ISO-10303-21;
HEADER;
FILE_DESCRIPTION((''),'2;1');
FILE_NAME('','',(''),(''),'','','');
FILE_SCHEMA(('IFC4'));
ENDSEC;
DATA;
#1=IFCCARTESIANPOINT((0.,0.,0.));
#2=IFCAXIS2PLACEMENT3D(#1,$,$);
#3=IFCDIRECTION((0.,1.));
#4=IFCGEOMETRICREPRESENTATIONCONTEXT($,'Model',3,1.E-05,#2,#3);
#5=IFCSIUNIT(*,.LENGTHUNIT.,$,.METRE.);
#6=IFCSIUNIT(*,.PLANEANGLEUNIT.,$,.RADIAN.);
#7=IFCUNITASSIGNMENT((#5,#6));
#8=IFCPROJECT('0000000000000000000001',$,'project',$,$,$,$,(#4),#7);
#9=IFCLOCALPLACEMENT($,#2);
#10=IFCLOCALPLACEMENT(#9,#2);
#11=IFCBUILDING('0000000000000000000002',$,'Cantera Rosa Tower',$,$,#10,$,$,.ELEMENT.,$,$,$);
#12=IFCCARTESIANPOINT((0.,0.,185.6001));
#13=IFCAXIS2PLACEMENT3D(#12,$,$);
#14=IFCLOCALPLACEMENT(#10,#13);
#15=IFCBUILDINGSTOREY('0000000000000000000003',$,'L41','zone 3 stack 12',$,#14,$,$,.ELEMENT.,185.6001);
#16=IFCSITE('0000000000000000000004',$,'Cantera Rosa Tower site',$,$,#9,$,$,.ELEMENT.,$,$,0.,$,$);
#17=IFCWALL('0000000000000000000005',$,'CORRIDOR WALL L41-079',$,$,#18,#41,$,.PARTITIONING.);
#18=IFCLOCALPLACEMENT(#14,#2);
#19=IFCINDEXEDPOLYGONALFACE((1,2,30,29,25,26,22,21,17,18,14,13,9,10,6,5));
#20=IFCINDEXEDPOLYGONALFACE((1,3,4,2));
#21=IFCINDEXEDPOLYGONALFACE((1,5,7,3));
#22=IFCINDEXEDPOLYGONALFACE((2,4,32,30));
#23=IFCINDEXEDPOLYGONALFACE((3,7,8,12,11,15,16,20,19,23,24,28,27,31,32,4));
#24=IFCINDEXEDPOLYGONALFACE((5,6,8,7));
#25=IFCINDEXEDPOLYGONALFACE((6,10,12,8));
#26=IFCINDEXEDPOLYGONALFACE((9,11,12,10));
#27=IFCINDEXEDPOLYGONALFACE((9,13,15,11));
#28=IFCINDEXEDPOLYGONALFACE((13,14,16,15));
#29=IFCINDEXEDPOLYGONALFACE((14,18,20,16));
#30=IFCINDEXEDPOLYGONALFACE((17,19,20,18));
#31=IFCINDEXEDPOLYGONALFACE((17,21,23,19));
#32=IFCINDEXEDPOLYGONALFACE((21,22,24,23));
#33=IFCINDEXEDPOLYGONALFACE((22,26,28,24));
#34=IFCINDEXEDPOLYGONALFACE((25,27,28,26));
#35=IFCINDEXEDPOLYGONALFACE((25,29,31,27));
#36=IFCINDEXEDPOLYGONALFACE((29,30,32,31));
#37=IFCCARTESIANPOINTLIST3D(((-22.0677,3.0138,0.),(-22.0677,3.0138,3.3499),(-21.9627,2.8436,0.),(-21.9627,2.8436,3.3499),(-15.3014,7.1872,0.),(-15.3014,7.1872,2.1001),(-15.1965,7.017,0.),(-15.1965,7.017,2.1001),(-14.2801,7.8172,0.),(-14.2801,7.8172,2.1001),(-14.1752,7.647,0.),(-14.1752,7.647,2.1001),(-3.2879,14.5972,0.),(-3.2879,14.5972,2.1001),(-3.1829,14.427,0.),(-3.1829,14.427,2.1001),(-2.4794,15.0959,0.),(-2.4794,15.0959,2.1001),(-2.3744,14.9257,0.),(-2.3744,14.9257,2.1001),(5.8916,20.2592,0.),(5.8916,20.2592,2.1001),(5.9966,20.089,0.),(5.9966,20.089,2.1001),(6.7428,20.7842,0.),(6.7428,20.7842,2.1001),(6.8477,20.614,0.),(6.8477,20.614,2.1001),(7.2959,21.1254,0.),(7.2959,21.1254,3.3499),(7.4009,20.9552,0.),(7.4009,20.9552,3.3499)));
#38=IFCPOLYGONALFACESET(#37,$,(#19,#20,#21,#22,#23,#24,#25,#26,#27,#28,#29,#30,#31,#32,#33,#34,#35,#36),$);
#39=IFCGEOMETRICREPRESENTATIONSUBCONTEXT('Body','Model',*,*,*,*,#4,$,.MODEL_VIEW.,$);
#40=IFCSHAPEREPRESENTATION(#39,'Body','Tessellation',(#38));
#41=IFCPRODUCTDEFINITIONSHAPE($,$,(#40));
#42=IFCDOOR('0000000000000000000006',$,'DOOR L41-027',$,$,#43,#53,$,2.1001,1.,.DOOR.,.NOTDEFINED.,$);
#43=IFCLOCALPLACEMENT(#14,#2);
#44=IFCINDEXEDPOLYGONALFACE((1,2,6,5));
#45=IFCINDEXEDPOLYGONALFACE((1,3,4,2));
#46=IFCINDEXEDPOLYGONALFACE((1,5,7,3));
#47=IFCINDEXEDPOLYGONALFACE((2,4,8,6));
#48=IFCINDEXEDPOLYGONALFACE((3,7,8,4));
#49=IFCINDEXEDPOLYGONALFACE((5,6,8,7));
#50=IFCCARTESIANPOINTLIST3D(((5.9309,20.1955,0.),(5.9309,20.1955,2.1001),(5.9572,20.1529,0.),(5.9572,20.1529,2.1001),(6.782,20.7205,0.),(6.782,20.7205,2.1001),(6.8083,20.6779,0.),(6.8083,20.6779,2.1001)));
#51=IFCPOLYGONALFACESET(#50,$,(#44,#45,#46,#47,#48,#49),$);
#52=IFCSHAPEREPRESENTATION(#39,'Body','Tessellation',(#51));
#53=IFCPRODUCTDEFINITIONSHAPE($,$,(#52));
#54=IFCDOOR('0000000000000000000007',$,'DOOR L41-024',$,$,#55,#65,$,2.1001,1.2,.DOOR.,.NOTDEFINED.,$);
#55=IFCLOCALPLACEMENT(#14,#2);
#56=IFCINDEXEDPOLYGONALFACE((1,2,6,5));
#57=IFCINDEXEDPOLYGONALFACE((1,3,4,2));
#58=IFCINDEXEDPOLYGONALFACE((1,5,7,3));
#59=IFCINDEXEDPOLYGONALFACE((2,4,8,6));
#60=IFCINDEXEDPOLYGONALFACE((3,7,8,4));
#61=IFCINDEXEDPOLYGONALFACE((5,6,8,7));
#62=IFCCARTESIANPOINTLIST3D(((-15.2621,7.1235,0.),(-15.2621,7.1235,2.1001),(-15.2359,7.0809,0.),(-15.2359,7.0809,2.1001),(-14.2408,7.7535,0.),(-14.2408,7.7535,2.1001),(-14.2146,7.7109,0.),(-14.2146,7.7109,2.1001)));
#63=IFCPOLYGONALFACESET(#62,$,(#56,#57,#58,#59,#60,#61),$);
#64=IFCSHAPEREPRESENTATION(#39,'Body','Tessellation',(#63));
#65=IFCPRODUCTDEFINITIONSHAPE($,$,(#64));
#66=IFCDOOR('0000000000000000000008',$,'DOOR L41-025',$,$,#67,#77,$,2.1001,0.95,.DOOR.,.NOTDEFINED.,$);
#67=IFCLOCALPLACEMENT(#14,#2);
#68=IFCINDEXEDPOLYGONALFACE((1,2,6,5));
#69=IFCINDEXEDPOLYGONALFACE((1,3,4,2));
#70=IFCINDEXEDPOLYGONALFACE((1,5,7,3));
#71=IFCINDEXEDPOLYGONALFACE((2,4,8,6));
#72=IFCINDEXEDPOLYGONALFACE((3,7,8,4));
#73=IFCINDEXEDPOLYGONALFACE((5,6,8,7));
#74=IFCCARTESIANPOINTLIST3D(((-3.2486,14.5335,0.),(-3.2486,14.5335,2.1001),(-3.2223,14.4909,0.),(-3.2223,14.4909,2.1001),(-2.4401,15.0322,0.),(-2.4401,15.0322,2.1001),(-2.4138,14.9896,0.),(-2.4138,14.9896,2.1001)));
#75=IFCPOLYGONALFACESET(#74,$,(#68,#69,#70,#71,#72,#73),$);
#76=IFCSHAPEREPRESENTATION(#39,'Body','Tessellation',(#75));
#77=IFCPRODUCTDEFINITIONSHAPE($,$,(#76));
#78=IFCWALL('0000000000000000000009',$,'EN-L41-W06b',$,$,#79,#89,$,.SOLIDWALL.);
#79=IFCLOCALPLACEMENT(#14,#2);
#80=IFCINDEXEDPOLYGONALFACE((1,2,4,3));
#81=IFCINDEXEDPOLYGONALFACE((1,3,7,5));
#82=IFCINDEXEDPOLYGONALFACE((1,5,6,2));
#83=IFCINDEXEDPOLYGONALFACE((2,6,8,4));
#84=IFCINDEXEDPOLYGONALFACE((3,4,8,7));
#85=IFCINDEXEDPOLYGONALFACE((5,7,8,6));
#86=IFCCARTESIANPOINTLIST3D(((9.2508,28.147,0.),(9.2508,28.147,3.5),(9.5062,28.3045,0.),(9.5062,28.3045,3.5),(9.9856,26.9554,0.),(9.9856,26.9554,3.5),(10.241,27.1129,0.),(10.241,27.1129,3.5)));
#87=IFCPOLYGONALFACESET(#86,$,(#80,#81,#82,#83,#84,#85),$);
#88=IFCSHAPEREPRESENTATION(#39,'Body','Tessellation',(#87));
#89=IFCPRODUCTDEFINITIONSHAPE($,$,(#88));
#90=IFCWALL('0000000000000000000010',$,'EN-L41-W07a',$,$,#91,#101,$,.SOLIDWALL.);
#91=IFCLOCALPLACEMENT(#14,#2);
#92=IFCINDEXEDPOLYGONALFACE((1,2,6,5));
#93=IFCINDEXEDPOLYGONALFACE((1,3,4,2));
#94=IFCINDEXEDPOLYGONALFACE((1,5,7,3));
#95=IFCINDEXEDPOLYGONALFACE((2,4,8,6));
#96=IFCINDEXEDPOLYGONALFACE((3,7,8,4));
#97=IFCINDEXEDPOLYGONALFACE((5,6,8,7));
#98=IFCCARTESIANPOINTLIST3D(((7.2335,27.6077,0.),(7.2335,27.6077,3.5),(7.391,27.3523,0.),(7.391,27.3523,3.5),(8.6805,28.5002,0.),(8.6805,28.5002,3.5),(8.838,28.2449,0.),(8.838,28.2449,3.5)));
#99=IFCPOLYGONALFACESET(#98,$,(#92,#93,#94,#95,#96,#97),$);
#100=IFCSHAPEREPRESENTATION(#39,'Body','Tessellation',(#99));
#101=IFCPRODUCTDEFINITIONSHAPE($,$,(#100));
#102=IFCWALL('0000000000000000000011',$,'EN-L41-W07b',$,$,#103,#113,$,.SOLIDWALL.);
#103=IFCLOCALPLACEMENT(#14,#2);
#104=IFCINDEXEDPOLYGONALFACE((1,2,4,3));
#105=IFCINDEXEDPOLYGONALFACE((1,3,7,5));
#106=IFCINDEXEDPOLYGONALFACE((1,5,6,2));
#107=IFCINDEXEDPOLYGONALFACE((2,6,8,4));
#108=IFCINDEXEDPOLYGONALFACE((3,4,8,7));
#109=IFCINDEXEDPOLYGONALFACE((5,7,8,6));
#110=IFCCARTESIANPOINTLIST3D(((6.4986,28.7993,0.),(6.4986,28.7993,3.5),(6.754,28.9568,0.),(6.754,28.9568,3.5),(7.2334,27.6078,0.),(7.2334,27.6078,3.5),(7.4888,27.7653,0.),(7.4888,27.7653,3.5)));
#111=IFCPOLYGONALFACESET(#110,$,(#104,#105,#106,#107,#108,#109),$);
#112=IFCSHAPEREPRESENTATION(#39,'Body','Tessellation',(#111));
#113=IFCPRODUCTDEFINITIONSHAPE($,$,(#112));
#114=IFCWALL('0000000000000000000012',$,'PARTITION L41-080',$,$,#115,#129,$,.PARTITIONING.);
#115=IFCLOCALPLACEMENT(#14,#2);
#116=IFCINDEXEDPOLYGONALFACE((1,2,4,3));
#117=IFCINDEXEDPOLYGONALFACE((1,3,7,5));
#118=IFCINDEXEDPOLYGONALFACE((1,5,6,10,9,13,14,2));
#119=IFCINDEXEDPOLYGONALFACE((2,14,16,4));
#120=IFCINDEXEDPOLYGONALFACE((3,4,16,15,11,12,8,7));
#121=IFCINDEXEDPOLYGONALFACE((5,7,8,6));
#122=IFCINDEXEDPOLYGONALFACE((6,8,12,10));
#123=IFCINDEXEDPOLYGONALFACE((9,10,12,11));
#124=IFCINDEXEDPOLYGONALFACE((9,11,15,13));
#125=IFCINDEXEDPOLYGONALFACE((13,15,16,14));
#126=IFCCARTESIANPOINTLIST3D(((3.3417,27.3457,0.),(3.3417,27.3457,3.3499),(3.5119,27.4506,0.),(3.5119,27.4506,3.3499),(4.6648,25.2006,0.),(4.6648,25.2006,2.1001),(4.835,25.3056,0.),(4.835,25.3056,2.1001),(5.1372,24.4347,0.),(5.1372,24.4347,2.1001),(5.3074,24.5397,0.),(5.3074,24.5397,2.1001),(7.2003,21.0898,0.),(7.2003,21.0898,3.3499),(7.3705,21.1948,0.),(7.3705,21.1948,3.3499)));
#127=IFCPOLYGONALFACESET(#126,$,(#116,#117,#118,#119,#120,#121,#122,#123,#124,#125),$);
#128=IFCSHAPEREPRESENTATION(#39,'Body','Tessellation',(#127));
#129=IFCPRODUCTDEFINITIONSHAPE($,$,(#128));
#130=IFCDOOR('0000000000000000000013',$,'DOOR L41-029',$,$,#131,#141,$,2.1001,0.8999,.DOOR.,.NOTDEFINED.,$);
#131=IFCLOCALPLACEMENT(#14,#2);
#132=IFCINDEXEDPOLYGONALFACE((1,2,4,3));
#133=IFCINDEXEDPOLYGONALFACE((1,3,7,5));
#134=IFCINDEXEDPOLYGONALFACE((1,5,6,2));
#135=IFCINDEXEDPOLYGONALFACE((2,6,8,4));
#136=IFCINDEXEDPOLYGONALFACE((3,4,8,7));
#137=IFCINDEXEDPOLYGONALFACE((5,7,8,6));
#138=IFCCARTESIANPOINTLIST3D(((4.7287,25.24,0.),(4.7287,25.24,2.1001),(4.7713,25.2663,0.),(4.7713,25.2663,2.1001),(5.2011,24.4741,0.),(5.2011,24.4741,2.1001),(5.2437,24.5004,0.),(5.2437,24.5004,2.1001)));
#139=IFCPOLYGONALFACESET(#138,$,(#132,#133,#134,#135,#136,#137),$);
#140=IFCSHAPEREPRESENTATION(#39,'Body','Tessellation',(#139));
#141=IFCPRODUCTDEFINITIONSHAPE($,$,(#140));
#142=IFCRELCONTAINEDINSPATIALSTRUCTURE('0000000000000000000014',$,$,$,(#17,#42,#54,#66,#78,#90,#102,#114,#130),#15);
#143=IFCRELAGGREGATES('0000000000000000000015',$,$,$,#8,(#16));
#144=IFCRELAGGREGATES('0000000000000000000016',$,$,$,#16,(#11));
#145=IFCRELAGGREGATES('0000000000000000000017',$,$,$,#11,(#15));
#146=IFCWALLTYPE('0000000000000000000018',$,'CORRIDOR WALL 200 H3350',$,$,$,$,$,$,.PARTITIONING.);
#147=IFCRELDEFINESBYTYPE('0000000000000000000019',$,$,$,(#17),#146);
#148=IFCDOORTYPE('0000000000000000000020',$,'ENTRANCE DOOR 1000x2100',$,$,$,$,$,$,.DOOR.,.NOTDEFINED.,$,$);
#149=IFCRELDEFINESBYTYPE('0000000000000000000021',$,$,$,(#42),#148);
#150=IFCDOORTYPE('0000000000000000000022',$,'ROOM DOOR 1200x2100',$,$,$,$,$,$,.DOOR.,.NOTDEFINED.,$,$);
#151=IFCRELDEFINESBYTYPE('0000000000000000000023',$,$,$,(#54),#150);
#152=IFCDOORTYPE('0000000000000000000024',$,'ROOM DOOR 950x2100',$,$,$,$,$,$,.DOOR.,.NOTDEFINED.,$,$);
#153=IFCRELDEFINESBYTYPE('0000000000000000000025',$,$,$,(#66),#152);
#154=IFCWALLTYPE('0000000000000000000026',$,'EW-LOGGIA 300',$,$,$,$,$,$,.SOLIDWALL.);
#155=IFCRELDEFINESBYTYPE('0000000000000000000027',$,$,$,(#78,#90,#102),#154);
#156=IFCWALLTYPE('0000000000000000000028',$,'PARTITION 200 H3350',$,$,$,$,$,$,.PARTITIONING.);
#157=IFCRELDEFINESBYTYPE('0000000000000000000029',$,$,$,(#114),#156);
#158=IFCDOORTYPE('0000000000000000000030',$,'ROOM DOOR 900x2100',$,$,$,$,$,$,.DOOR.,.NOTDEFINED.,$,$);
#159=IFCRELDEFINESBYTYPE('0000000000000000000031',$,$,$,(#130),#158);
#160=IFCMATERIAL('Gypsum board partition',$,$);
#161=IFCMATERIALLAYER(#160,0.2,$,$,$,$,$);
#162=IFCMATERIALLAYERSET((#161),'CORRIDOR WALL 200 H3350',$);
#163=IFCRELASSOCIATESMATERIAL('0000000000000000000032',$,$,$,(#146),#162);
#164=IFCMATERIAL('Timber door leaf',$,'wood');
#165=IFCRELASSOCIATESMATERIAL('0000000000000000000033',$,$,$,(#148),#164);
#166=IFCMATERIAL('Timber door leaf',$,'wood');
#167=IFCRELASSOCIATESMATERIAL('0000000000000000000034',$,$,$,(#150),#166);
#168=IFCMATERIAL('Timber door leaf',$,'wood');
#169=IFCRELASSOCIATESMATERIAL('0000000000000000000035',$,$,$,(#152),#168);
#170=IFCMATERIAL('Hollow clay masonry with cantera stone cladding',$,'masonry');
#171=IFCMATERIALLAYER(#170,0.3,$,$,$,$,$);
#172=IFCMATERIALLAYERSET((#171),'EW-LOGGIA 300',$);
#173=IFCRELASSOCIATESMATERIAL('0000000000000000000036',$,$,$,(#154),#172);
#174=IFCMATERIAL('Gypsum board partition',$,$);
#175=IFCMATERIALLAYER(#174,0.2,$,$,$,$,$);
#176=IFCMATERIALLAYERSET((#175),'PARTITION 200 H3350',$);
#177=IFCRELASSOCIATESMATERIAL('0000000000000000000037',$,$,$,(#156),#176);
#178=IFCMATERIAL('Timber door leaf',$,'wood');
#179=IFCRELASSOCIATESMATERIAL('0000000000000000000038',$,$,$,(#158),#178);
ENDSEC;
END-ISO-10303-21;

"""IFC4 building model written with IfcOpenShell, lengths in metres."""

from ifc_helpers import new_model, si_unit, direction, frame, frame_2d, origin, place, context, subcontext, project, spatial, rectangle, extrude, material, layer, layer_set, type_object, element, fill, save


model = new_model("IFC4")

# Units and contexts
model_context = context("Model", 3, precision=1e-05, world=origin(), true_north=direction((0.0, 1.0)))
body_context = subcontext(model_context, "Body", "Model", "MODEL_VIEW")
ifc_project = project(units=[si_unit("LENGTHUNIT", "METRE"), si_unit("PLANEANGLEUNIT", "RADIAN")], contexts=[model_context])

# Site, building, storey
site_placement = place(None, origin())
site = spatial("IfcSite", under=ifc_project, at=site_placement, Name="Cantera Rosa Tower site", CompositionType="ELEMENT", RefElevation=0.0)
building_placement = place(site_placement, origin())
building = spatial("IfcBuilding", under=site, at=building_placement, Name="Cantera Rosa Tower", CompositionType="ELEMENT")
storey_placement = place(building_placement, frame((0.0, 0.0, 185.6001)))
storey = spatial("IfcBuildingStorey", under=building, at=storey_placement, Name="L41", Description="zone 3 stack 12", CompositionType="ELEMENT", Elevation=185.6001)

# Wall, openings, doors
ifc_material_1 = material(Name="Gypsum board partition")
ifc_layer_1 = layer(ifc_material_1, 0.2)
ifc_layer_set_1 = layer_set([ifc_layer_1], Name="CORRIDOR WALL 200 H3350")
wall_type_1 = type_object("IfcWallType", Name="CORRIDOR WALL 200 H3350", PredefinedType="PARTITIONING", material=ifc_layer_set_1)
wall_1_placement = place(storey_placement, frame((7.3484, 21.0403, 0.0), z_axis=(0.0, 0.0, 1.0), x_axis=(-0.851118, -0.524974, 0.0)))
wall_1 = element("IfcWall", 1, at=wall_1_placement, inside=storey, type_object=wall_type_1, Name="CORRIDOR WALL L41-079", PredefinedType="PARTITIONING", context=body_context, shape_type="SweptSolid", body=[
    extrude(rectangle(XDim=34.5, YDim=0.2, at=frame_2d((17.25, 0.0))), origin(), (0.0, 0.0, 1.0), 3.3499),
])
opening_1_placement = place(wall_1_placement, frame((25.3501, 0.0, 0.0)))
opening_1 = element("IfcOpeningElement", 2, at=opening_1_placement, cuts=wall_1, PredefinedType="OPENING", context=body_context, shape_type="SweptSolid", body=[
    extrude(rectangle(XDim=1.2, YDim=2.1001, at=frame_2d((0.6001, 1.05))), frame((0.0, 0.1099, 0.0), z_axis=(0.0, -1.0, 0.0), x_axis=(1.0, 0.0, 0.0)), (0.0, 0.0, 1.0), 0.22),
])
opening_2_placement = place(wall_1_placement, frame((11.4851, 0.0, 0.0)))
opening_2 = element("IfcOpeningElement", 3, at=opening_2_placement, cuts=wall_1, PredefinedType="OPENING", context=body_context, shape_type="SweptSolid", body=[
    extrude(rectangle(XDim=0.95, YDim=2.1001, at=frame_2d((0.4751, 1.05))), frame((0.0, 0.1099, 0.0), z_axis=(0.0, -1.0, 0.0), x_axis=(1.0, 0.0, 0.0)), (0.0, 0.0, 1.0), 0.22),
])
opening_3_placement = place(wall_1_placement, frame((0.6499, 0.0, 0.0)))
opening_3 = element("IfcOpeningElement", 4, at=opening_3_placement, cuts=wall_1, PredefinedType="OPENING", context=body_context, shape_type="SweptSolid", body=[
    extrude(rectangle(XDim=1.0, YDim=2.1001, at=frame_2d((0.5, 1.05))), frame((0.0, 0.1099, 0.0), z_axis=(0.0, -1.0, 0.0), x_axis=(1.0, 0.0, 0.0)), (0.0, 0.0, 1.0), 0.22),
])
ifc_material_2 = material(Name="Timber door leaf", Category="wood")
door_type_1 = type_object("IfcDoorType", Name="ENTRANCE DOOR 1000x2100", OperationType="NOTDEFINED", PredefinedType="DOOR", material=ifc_material_2)
door_1_placement = place(opening_3_placement, origin())
door_1 = element("IfcDoor", 5, at=door_1_placement, inside=storey, type_object=door_type_1, Name="DOOR L41-027", OperationType="NOTDEFINED", OverallHeight=2.1001, OverallWidth=1.0, PredefinedType="DOOR", context=body_context, shape_type="SweptSolid", body=[
    extrude(rectangle(XDim=1.0, YDim=2.1001, at=frame_2d((0.5, 1.05))), frame((0.0, 0.0249, 0.0), z_axis=(0.0, -1.0, 0.0), x_axis=(1.0, 0.0, 0.0)), (0.0, 0.0, 1.0), 0.05),
])
fill(opening_3, door_1)
ifc_material_3 = material(Name="Timber door leaf", Category="wood")
door_type_2 = type_object("IfcDoorType", Name="ROOM DOOR 1200x2100", OperationType="NOTDEFINED", PredefinedType="DOOR", material=ifc_material_3)
door_2_placement = place(opening_1_placement, origin())
door_2 = element("IfcDoor", 6, at=door_2_placement, inside=storey, type_object=door_type_2, Name="DOOR L41-024", OperationType="NOTDEFINED", OverallHeight=2.1001, OverallWidth=1.2, PredefinedType="DOOR", context=body_context, shape_type="SweptSolid", body=[
    extrude(rectangle(XDim=1.2, YDim=2.1001, at=frame_2d((0.6001, 1.05))), frame((0.0, 0.0249, 0.0), z_axis=(0.0, -1.0, 0.0), x_axis=(1.0, 0.0, 0.0)), (0.0, 0.0, 1.0), 0.05),
])
fill(opening_1, door_2)
ifc_material_4 = material(Name="Timber door leaf", Category="wood")
door_type_3 = type_object("IfcDoorType", Name="ROOM DOOR 950x2100", OperationType="NOTDEFINED", PredefinedType="DOOR", material=ifc_material_4)
door_3_placement = place(opening_2_placement, origin())
door_3 = element("IfcDoor", 7, at=door_3_placement, inside=storey, type_object=door_type_3, Name="DOOR L41-025", OperationType="NOTDEFINED", OverallHeight=2.1001, OverallWidth=0.95, PredefinedType="DOOR", context=body_context, shape_type="SweptSolid", body=[
    extrude(rectangle(XDim=0.95, YDim=2.1001, at=frame_2d((0.4751, 1.05))), frame((0.0, 0.0249, 0.0), z_axis=(0.0, -1.0, 0.0), x_axis=(1.0, 0.0, 0.0)), (0.0, 0.0, 1.0), 0.05),
])
fill(opening_2, door_3)

# Walls
ifc_material_5 = material(Name="Hollow clay masonry with cantera stone cladding", Category="masonry")
ifc_layer_2 = layer(ifc_material_5, 0.3)
ifc_layer_set_2 = layer_set([ifc_layer_2], Name="EW-LOGGIA 300")
wall_type_2 = type_object("IfcWallType", Name="EW-LOGGIA 300", PredefinedType="SOLIDWALL", material=ifc_layer_set_2)
wall_2_placement = place(storey_placement, frame((10.1133, 27.0342, 0.0), z_axis=(0.0, 0.0, 1.0), x_axis=(-0.524895, 0.851167, 0.0)))
element("IfcWall", 8, at=wall_2_placement, inside=storey, type_object=wall_type_2, Name="EN-L41-W06b", PredefinedType="SOLIDWALL", context=body_context, shape_type="SweptSolid", body=[
    extrude(rectangle(XDim=1.3999, YDim=0.3, at=frame_2d((0.7, 0.0))), origin(), (0.0, 0.0, 1.0), 3.5),
])
wall_3_placement = place(storey_placement, frame((8.7593, 28.3726, 0.0), z_axis=(0.0, 0.0, 1.0), x_axis=(-0.851106, -0.524994, 0.0)))
element("IfcWall", 9, at=wall_3_placement, inside=storey, type_object=wall_type_2, Name="EN-L41-W07a", PredefinedType="SOLIDWALL", context=body_context, shape_type="SweptSolid", body=[
    extrude(rectangle(XDim=1.7002, YDim=0.3, at=frame_2d((0.8501, 0.0))), origin(), (0.0, 0.0, 1.0), 3.5),
])
wall_4_placement = place(storey_placement, frame((7.3611, 27.6865, 0.0), z_axis=(0.0, 0.0, 1.0), x_axis=(-0.524895, 0.851167, 0.0)))
element("IfcWall", 10, at=wall_4_placement, inside=storey, type_object=wall_type_2, Name="EN-L41-W07b", PredefinedType="SOLIDWALL", context=body_context, shape_type="SweptSolid", body=[
    extrude(rectangle(XDim=1.3999, YDim=0.3, at=frame_2d((0.7, 0.0))), origin(), (0.0, 0.0, 1.0), 3.5),
])

# Wall, opening, door
ifc_material_6 = material(Name="Gypsum board partition")
ifc_layer_3 = layer(ifc_material_6, 0.2)
ifc_layer_set_3 = layer_set([ifc_layer_3], Name="PARTITION 200 H3350")
wall_type_3 = type_object("IfcWallType", Name="PARTITION 200 H3350", PredefinedType="PARTITIONING", material=ifc_layer_set_3)
wall_5_placement = place(storey_placement, frame((7.2854, 21.1423, 0.0), z_axis=(0.0, 0.0, 1.0), x_axis=(-0.524974, 0.851118, 0.0)))
wall_5 = element("IfcWall", 11, at=wall_5_placement, inside=storey, type_object=wall_type_3, Name="PARTITION L41-080", PredefinedType="PARTITIONING", context=body_context, shape_type="SweptSolid", body=[
    extrude(rectangle(XDim=7.3501, YDim=0.2, at=frame_2d((3.675, 0.0))), origin(), (0.0, 0.0, 1.0), 3.3499),
])
opening_4_placement = place(wall_5_placement, frame((3.9299, 0.0, 0.0)))
opening_4 = element("IfcOpeningElement", 12, at=opening_4_placement, cuts=wall_5, PredefinedType="OPENING", context=body_context, shape_type="SweptSolid", body=[
    extrude(rectangle(XDim=0.8999, YDim=2.1001, at=frame_2d((0.45, 1.05))), frame((0.0, 0.1099, 0.0), z_axis=(0.0, -1.0, 0.0), x_axis=(1.0, 0.0, 0.0)), (0.0, 0.0, 1.0), 0.22),
])
ifc_material_7 = material(Name="Timber door leaf", Category="wood")
door_type_4 = type_object("IfcDoorType", Name="ROOM DOOR 900x2100", OperationType="NOTDEFINED", PredefinedType="DOOR", material=ifc_material_7)
door_4_placement = place(opening_4_placement, origin())
door_4 = element("IfcDoor", 13, at=door_4_placement, inside=storey, type_object=door_type_4, Name="DOOR L41-029", OperationType="NOTDEFINED", OverallHeight=2.1001, OverallWidth=0.8999, PredefinedType="DOOR", context=body_context, shape_type="SweptSolid", body=[
    extrude(rectangle(XDim=0.8999, YDim=2.1001, at=frame_2d((0.45, 1.05))), frame((0.0, 0.0249, 0.0), z_axis=(0.0, -1.0, 0.0), x_axis=(1.0, 0.0, 0.0)), (0.0, 0.0, 1.0), 0.05),
])
fill(opening_4, door_4)

save(model, "model.ifc")
